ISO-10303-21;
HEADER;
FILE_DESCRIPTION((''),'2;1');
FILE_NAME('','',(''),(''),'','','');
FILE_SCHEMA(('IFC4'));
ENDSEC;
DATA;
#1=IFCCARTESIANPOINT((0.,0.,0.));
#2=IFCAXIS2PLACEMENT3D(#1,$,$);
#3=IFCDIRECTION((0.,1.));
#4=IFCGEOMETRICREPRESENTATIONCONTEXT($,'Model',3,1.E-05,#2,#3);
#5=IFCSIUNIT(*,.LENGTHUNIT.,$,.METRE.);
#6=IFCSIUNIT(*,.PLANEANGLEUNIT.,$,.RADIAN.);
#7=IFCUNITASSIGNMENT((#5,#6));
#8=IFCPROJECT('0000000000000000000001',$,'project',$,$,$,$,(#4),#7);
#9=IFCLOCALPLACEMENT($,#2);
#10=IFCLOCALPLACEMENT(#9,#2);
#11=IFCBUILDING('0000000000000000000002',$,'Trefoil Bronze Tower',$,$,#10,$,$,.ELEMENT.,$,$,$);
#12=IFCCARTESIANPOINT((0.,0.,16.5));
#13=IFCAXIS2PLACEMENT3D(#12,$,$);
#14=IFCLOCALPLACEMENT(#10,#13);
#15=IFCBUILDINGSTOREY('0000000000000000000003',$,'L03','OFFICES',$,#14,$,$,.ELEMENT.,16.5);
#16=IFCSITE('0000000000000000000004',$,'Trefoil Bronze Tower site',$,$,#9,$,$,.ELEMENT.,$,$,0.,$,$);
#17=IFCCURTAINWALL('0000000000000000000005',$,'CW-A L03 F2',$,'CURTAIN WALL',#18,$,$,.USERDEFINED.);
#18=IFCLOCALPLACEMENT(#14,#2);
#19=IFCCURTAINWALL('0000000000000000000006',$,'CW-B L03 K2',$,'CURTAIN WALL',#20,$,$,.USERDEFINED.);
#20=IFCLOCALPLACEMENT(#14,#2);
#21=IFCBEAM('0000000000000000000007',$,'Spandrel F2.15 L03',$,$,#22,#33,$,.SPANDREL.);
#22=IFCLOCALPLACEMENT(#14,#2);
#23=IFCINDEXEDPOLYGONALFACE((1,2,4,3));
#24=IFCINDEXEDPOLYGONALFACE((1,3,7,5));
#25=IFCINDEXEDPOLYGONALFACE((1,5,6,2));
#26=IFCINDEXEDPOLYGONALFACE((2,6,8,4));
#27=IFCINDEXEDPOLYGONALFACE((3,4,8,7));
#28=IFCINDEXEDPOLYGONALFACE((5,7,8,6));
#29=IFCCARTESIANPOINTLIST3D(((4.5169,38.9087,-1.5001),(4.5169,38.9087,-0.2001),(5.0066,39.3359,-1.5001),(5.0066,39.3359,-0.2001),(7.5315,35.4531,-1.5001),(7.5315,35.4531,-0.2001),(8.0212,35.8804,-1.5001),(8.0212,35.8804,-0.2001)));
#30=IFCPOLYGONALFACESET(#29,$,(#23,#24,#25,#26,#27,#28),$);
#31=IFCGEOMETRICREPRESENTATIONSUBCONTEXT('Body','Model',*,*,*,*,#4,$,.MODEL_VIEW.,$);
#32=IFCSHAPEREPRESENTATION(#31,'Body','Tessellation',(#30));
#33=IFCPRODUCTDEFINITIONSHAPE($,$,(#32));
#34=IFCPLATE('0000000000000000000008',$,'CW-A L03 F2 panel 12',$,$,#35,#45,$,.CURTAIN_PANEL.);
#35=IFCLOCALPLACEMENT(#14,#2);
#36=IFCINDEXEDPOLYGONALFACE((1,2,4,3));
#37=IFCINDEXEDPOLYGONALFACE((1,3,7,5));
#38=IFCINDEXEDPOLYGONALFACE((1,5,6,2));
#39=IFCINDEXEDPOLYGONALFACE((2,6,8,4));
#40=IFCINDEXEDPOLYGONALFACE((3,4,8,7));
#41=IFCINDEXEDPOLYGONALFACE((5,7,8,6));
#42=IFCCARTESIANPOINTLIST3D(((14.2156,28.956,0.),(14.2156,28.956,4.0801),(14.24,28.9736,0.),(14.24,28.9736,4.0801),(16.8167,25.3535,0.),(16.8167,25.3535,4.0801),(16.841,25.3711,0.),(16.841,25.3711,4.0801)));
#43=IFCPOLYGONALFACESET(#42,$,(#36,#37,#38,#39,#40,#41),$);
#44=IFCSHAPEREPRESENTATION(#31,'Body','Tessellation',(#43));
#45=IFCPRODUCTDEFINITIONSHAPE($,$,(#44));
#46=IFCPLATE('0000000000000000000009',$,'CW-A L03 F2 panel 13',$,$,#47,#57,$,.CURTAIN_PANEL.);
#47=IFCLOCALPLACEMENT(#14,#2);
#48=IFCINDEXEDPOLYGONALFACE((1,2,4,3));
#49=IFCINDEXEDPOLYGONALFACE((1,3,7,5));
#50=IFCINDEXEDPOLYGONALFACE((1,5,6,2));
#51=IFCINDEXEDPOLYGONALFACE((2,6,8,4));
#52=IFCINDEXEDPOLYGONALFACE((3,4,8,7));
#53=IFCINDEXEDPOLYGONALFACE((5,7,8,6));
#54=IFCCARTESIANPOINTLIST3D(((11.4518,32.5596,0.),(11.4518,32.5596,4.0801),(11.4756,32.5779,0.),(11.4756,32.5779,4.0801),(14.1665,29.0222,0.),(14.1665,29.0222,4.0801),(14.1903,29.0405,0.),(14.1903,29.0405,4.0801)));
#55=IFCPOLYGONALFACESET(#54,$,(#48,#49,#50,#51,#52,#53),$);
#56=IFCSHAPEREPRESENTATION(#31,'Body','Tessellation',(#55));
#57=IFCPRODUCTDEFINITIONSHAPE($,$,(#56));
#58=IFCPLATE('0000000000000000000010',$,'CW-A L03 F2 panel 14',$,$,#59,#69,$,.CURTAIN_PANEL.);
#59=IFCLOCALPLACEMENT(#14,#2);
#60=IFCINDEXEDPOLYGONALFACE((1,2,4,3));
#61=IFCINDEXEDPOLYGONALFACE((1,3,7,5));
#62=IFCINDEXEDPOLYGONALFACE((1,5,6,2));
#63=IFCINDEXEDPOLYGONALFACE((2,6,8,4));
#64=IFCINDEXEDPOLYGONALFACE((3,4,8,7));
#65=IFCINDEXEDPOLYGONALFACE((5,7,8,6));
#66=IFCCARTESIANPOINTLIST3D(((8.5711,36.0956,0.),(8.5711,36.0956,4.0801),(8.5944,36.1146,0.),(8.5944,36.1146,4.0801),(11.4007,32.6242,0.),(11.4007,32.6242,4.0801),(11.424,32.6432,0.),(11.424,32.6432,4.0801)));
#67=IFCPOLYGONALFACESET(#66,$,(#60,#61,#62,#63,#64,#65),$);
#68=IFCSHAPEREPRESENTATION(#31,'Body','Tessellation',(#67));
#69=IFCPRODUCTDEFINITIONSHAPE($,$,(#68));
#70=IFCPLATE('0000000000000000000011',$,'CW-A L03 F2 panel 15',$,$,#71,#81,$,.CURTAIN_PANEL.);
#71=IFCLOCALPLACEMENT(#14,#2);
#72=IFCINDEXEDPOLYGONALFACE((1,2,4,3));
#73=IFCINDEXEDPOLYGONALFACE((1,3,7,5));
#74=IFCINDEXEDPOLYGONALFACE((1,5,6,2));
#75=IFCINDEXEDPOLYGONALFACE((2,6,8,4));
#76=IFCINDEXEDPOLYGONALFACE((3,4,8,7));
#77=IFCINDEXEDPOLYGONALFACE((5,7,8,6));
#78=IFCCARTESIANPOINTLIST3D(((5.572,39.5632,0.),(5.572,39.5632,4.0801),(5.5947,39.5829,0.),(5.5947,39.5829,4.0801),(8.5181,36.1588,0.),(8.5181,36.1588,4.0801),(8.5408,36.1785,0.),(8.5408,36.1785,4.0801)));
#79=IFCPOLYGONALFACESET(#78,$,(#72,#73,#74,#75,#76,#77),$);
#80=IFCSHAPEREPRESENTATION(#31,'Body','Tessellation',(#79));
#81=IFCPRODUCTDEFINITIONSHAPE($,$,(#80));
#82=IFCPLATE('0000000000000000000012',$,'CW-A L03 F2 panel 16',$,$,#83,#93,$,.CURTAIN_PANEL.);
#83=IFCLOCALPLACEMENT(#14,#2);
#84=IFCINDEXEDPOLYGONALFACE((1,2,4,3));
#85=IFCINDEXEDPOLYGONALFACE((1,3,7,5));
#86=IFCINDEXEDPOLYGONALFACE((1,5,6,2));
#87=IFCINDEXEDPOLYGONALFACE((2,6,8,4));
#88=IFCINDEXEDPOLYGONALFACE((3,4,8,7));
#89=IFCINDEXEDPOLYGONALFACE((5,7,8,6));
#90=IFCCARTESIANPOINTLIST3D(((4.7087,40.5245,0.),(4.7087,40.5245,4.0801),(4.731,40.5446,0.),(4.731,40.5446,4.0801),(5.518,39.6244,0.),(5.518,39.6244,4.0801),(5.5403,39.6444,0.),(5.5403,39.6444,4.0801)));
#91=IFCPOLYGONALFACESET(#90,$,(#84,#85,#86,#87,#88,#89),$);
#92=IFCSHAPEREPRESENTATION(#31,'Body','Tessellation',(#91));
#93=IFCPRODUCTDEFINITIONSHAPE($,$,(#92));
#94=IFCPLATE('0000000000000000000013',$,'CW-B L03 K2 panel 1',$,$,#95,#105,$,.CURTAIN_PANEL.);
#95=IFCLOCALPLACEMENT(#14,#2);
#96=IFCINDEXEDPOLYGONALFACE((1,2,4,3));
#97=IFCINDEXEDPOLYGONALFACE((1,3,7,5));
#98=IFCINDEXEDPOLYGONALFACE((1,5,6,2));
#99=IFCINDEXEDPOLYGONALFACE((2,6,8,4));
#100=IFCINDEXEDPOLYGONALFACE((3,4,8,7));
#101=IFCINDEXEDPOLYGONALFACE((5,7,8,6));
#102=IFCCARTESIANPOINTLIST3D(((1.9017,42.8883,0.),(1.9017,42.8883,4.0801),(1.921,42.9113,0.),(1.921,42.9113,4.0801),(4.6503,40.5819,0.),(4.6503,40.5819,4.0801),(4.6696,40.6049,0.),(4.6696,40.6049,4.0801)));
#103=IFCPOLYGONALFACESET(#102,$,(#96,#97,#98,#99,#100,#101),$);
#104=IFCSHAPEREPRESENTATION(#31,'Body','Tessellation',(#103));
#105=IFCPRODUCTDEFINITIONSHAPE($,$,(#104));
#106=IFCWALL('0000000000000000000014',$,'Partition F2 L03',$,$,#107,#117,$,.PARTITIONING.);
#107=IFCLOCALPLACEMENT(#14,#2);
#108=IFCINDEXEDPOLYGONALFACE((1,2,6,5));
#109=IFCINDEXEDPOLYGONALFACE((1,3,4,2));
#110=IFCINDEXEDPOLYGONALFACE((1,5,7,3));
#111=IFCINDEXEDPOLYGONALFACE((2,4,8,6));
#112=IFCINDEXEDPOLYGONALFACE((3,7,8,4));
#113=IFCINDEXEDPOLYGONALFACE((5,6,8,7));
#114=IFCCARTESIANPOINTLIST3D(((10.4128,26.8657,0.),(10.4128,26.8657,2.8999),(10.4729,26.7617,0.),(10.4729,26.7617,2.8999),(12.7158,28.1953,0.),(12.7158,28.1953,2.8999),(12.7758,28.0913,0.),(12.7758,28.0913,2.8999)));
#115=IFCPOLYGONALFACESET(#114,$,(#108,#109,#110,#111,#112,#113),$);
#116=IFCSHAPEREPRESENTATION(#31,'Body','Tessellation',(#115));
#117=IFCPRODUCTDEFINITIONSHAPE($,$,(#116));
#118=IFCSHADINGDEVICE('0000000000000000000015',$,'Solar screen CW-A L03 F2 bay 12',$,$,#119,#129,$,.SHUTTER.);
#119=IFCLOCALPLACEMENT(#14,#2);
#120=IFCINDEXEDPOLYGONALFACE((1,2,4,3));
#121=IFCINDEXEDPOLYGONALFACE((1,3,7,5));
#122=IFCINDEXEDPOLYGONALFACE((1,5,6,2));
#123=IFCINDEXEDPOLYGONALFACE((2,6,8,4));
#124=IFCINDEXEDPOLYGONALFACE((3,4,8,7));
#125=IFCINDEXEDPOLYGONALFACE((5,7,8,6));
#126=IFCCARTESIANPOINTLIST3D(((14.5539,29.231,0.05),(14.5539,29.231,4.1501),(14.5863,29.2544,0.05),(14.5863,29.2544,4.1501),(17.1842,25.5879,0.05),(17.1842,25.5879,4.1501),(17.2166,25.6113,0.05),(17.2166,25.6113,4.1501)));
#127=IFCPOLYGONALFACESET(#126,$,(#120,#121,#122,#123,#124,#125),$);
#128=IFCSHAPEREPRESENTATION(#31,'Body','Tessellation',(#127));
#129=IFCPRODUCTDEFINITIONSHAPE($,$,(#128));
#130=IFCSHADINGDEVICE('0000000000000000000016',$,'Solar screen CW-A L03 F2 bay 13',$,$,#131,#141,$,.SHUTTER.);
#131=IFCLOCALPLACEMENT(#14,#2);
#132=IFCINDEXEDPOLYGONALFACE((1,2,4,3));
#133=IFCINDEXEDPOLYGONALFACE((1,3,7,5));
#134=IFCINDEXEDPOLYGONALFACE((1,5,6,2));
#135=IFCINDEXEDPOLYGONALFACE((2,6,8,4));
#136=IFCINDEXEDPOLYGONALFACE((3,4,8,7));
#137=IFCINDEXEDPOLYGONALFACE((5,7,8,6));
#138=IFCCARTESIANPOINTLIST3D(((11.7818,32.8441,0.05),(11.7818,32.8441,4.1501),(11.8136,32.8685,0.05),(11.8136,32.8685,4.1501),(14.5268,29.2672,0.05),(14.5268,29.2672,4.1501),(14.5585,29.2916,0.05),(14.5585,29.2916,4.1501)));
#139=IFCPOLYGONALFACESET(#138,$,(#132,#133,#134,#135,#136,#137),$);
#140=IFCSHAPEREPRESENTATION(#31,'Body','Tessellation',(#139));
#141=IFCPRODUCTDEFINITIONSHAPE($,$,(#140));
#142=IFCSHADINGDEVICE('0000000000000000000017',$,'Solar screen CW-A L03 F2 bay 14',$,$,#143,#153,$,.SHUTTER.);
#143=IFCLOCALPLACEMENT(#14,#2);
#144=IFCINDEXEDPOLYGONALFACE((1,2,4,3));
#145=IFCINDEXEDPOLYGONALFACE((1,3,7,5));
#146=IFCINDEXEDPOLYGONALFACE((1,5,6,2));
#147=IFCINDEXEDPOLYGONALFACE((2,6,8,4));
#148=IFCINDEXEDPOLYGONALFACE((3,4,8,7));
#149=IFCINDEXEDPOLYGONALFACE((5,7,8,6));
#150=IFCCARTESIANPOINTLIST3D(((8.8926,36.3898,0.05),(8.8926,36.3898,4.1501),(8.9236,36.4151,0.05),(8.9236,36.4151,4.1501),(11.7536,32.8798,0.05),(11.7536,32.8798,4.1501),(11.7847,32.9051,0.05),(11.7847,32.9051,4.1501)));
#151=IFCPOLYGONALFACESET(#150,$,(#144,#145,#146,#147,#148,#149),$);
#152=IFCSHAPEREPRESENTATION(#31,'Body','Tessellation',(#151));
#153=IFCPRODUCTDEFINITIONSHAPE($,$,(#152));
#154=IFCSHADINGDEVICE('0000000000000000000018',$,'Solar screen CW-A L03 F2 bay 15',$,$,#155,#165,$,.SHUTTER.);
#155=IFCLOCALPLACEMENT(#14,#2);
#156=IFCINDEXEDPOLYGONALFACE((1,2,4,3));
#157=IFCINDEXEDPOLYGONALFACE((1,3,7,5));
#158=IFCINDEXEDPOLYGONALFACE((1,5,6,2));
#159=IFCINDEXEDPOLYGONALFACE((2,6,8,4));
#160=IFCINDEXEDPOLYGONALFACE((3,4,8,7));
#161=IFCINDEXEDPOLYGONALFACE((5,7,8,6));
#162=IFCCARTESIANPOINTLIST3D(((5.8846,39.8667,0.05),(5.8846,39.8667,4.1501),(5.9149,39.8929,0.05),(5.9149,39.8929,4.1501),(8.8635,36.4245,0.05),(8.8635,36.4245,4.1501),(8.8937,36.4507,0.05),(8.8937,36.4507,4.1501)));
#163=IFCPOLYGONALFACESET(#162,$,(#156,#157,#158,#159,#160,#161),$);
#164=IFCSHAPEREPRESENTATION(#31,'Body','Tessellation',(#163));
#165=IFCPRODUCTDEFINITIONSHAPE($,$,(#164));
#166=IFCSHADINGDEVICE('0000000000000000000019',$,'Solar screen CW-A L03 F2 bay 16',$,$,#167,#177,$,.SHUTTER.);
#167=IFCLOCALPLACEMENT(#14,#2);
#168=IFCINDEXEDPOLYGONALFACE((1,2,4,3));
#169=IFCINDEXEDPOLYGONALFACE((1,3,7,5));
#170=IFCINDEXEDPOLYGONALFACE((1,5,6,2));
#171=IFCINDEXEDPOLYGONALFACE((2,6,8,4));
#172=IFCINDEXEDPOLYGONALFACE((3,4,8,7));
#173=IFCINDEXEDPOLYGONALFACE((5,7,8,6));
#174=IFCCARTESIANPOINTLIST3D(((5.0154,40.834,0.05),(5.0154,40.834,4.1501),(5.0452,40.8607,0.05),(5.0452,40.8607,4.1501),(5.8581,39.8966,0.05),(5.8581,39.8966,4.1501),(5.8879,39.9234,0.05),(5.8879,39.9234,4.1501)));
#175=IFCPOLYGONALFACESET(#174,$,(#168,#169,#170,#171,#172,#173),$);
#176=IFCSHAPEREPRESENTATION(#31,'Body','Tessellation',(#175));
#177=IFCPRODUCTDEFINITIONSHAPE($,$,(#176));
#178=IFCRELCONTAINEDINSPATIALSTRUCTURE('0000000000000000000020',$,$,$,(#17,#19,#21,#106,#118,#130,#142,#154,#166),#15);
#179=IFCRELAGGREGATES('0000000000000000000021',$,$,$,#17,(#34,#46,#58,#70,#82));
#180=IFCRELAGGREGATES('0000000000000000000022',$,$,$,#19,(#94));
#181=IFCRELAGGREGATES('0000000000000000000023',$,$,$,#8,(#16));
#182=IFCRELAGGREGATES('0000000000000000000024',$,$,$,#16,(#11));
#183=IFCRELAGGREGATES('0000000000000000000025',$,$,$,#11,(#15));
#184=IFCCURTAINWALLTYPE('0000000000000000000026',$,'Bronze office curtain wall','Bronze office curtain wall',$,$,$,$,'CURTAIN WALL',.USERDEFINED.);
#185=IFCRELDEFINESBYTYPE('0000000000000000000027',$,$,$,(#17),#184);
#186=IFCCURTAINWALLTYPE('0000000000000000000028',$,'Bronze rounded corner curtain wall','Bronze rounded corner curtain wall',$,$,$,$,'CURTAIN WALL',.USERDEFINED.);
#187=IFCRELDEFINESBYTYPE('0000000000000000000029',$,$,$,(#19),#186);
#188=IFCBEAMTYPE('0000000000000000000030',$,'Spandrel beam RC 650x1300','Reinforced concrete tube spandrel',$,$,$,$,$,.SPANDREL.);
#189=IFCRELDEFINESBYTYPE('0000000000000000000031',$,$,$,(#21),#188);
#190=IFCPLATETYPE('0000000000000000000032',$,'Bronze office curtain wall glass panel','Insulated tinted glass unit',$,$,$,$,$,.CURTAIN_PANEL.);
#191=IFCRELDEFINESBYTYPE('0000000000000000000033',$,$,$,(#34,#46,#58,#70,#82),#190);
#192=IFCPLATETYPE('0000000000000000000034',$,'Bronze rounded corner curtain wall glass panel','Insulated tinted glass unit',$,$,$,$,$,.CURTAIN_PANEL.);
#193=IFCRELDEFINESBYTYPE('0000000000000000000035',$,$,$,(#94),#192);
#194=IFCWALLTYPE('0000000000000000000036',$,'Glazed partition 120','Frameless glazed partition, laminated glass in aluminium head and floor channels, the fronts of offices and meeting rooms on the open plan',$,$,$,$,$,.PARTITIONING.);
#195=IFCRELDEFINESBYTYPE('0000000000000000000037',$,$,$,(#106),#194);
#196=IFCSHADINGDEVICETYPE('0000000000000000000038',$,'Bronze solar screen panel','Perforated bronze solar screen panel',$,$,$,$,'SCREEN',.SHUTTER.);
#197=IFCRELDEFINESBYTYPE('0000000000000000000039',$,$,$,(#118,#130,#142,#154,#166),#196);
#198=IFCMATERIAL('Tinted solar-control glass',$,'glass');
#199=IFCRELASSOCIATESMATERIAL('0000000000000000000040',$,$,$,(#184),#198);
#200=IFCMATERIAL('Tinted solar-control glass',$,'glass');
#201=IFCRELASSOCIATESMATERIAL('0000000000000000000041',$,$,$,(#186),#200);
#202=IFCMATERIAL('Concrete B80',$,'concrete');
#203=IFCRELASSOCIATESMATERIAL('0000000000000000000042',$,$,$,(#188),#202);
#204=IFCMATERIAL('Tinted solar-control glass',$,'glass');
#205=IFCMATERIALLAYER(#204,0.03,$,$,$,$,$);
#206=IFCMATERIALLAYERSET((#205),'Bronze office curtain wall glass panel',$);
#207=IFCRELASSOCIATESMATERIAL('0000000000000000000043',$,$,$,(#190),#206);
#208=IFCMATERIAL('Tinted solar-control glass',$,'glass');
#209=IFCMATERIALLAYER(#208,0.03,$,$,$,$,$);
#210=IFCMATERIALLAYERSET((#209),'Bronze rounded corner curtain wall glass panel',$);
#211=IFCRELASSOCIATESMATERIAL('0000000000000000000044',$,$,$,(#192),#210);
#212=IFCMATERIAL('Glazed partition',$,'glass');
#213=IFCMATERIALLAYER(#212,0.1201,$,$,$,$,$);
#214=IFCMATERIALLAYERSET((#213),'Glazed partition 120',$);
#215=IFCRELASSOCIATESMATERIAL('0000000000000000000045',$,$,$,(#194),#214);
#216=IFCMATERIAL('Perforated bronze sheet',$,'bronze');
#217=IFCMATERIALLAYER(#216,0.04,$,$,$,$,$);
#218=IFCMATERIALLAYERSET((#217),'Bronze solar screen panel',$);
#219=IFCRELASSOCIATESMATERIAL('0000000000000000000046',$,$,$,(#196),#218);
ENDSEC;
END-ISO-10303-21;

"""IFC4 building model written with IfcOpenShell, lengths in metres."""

from ifc_helpers import new_model, si_unit, direction, frame, frame_2d, origin, origin_2d, place, context, subcontext, project, spatial, rectangle, extrude, material, layer, layer_set, material_profile, profile_set, type_object, element, aggregate, save


model = new_model("IFC4")

# Units and contexts
model_context = context("Model", 3, precision=1e-05, world=origin(), true_north=direction((0.0, 1.0)))
body_context = subcontext(model_context, "Body", "Model", "MODEL_VIEW")
ifc_project = project(units=[si_unit("LENGTHUNIT", "METRE"), si_unit("PLANEANGLEUNIT", "RADIAN")], contexts=[model_context])

# Site, building, storey
site_placement = place(None, origin())
site = spatial("IfcSite", under=ifc_project, at=site_placement, Name="Trefoil Bronze Tower site", CompositionType="ELEMENT", RefElevation=0.0)
building_placement = place(site_placement, origin())
building = spatial("IfcBuilding", under=site, at=building_placement, Name="Trefoil Bronze Tower", CompositionType="ELEMENT")
storey_placement = place(building_placement, frame((0.0, 0.0, 16.5)))
storey = spatial("IfcBuildingStorey", under=building, at=storey_placement, Name="L03", Description="OFFICES", CompositionType="ELEMENT", Elevation=16.5)

# Curtain walls
ifc_material_1 = material(Name="Tinted solar-control glass", Category="glass")
curtain_wall_type_1 = type_object("IfcCurtainWallType", Name="Bronze office curtain wall", Description="Bronze office curtain wall", ElementType="CURTAIN WALL", PredefinedType="USERDEFINED", material=ifc_material_1)
curtain_wall_1_placement = place(storey_placement, origin())
curtain_wall_1 = element("IfcCurtainWall", 1, at=curtain_wall_1_placement, inside=storey, type_object=curtain_wall_type_1, Name="CW-A L03 F2", ObjectType="CURTAIN WALL", PredefinedType="USERDEFINED")
ifc_material_2 = material(Name="Tinted solar-control glass", Category="glass")
curtain_wall_type_2 = type_object("IfcCurtainWallType", Name="Bronze rounded corner curtain wall", Description="Bronze rounded corner curtain wall", ElementType="CURTAIN WALL", PredefinedType="USERDEFINED", material=ifc_material_2)
curtain_wall_2_placement = place(storey_placement, origin())
curtain_wall_2 = element("IfcCurtainWall", 2, at=curtain_wall_2_placement, inside=storey, type_object=curtain_wall_type_2, Name="CW-B L03 K2", ObjectType="CURTAIN WALL", PredefinedType="USERDEFINED")

# Beam
ifc_material_3 = material(Name="Concrete B80", Category="concrete")
ifc_material_profile_1 = material_profile(ifc_material_3, rectangle(XDim=0.6499, YDim=1.3, at=origin_2d()), Name="RC 650x1300")
ifc_profile_set_1 = profile_set([ifc_material_profile_1], Name="Concrete B80")
beam_type_1 = type_object("IfcBeamType", Name="Spandrel beam RC 650x1300", Description="Reinforced concrete tube spandrel", PredefinedType="SPANDREL", material=ifc_profile_set_1)
beam_1_placement = place(storey_placement, frame((7.7764, 35.6667, -0.8501), z_axis=(-0.657396, 0.753545, 0.0), x_axis=(-0.753545, -0.657396, 0.0)))
element("IfcBeam", 3, at=beam_1_placement, inside=storey, type_object=beam_type_1, Name="Spandrel F2.15 L03", PredefinedType="SPANDREL", context=body_context, shape_type="SweptSolid", body=[
    extrude(rectangle(XDim=0.6499, YDim=1.3, at=origin_2d()), origin(), (0.0, 0.0, 1.0), 4.5857),
])

# Plates
ifc_material_4 = material(Name="Tinted solar-control glass", Category="glass")
ifc_layer_1 = layer(ifc_material_4, 0.03)
ifc_layer_set_1 = layer_set([ifc_layer_1], Name="Bronze office curtain wall glass panel")
plate_type_1 = type_object("IfcPlateType", Name="Bronze office curtain wall glass panel", Description="Insulated tinted glass unit", PredefinedType="CURTAIN_PANEL", material=ifc_layer_set_1)
plate_1_placement = place(storey_placement, frame((15.5283, 27.1636, 0.0), z_axis=(0.0, 0.0, 1.0), x_axis=(-0.585373, 0.810764, 0.0)))
plate_1 = element("IfcPlate", 4, at=plate_1_placement, type_object=plate_type_1, Name="CW-A L03 F2 panel 12", PredefinedType="CURTAIN_PANEL", context=body_context, shape_type="SweptSolid", body=[
    extrude(rectangle(XDim=4.4434, YDim=0.03, at=origin_2d()), origin(), (0.0, 0.0, 1.0), 4.0801),
])
plate_2_placement = place(storey_placement, frame((12.821, 30.8, 0.0), z_axis=(0.0, 0.0, 1.0), x_axis=(-0.608808, 0.793318, 0.0)))
plate_2 = element("IfcPlate", 5, at=plate_2_placement, type_object=plate_type_1, Name="CW-A L03 F2 panel 13", PredefinedType="CURTAIN_PANEL", context=body_context, shape_type="SweptSolid", body=[
    extrude(rectangle(XDim=4.459, YDim=0.03, at=origin_2d()), origin(), (0.0, 0.0, 1.0), 4.0801),
])
plate_3_placement = place(storey_placement, frame((9.9976, 34.3694, 0.0), z_axis=(0.0, 0.0, 1.0), x_axis=(-0.631811, 0.775123, 0.0)))
plate_3 = element("IfcPlate", 6, at=plate_3_placement, type_object=plate_type_1, Name="CW-A L03 F2 panel 14", PredefinedType="CURTAIN_PANEL", context=body_context, shape_type="SweptSolid", body=[
    extrude(rectangle(XDim=4.4785, YDim=0.03, at=origin_2d()), origin(), (0.0, 0.0, 1.0), 4.0801),
])
plate_4_placement = place(storey_placement, frame((7.0564, 37.8708, 0.0), z_axis=(0.0, 0.0, 1.0), x_axis=(-0.654376, 0.756169, 0.0)))
plate_4 = element("IfcPlate", 7, at=plate_4_placement, type_object=plate_type_1, Name="CW-A L03 F2 panel 15", PredefinedType="CURTAIN_PANEL", context=body_context, shape_type="SweptSolid", body=[
    extrude(rectangle(XDim=4.5022, YDim=0.03, at=origin_2d()), origin(), (0.0, 0.0, 1.0), 4.0801),
])
plate_5_placement = place(storey_placement, frame((5.1245, 40.0845, 0.0), z_axis=(0.0, 0.0, 1.0), x_axis=(-0.668575, 0.743645, 0.0)))
plate_5 = element("IfcPlate", 8, at=plate_5_placement, type_object=plate_type_1, Name="CW-A L03 F2 panel 16", PredefinedType="CURTAIN_PANEL", context=body_context, shape_type="SweptSolid", body=[
    extrude(rectangle(XDim=1.2104, YDim=0.03, at=origin_2d()), origin(), (0.0, 0.0, 1.0), 4.0801),
])
aggregate(curtain_wall_1, [plate_1, plate_2, plate_3, plate_4, plate_5])
ifc_material_5 = material(Name="Tinted solar-control glass", Category="glass")
ifc_layer_2 = layer(ifc_material_5, 0.03)
ifc_layer_set_2 = layer_set([ifc_layer_2], Name="Bronze rounded corner curtain wall glass panel")
plate_type_2 = type_object("IfcPlateType", Name="Bronze rounded corner curtain wall glass panel", Description="Insulated tinted glass unit", PredefinedType="CURTAIN_PANEL", material=ifc_layer_set_2)
plate_6_placement = place(storey_placement, frame((3.2856, 41.7466, 0.0), z_axis=(0.0, 0.0, 1.0), x_axis=(-0.766044, 0.642788, 0.0)))
plate_6 = element("IfcPlate", 9, at=plate_6_placement, type_object=plate_type_2, Name="CW-B L03 K2 panel 1", PredefinedType="CURTAIN_PANEL", context=body_context, shape_type="SweptSolid", body=[
    extrude(rectangle(XDim=3.5881, YDim=0.03, at=origin_2d()), origin(), (0.0, 0.0, 1.0), 4.0801),
])
aggregate(curtain_wall_2, [plate_6])

# Wall
ifc_material_6 = material(Name="Glazed partition", Category="glass")
ifc_layer_3 = layer(ifc_material_6, 0.1201)
ifc_layer_set_3 = layer_set([ifc_layer_3], Name="Glazed partition 120")
wall_type = type_object("IfcWallType", Name="Glazed partition 120", Description="Frameless glazed partition, laminated glass in aluminium head and floor channels, the fronts of offices and meeting rooms on the open plan", PredefinedType="PARTITIONING", material=ifc_layer_set_3)
wall_placement = place(storey_placement, frame((10.4429, 26.8137, 0.0), z_axis=(0.0, 0.0, 1.0), x_axis=(0.866031, 0.49999, 0.0)))
element("IfcWall", 10, at=wall_placement, inside=storey, type_object=wall_type, Name="Partition F2 L03", PredefinedType="PARTITIONING", context=body_context, shape_type="SweptSolid", body=[
    extrude(rectangle(XDim=2.6592, YDim=0.1201, at=frame_2d((1.3296, 0.0))), origin(), (0.0, 0.0, 1.0), 2.8999),
])

# Shading devices
ifc_material_7 = material(Name="Perforated bronze sheet", Category="bronze")
ifc_layer_4 = layer(ifc_material_7, 0.04)
ifc_layer_set_4 = layer_set([ifc_layer_4], Name="Bronze solar screen panel")
shading_device_type = type_object("IfcShadingDeviceType", Name="Bronze solar screen panel", Description="Perforated bronze solar screen panel", ElementType="SCREEN", PredefinedType="SHUTTER", material=ifc_layer_set_4)
shading_device_1_placement = place(storey_placement, frame((15.8853, 27.4211, 0.05), z_axis=(0.0, 0.0, 1.0), x_axis=(-0.585373, 0.810764, 0.0)))
element("IfcShadingDevice", 11, at=shading_device_1_placement, inside=storey, type_object=shading_device_type, Name="Solar screen CW-A L03 F2 bay 12", PredefinedType="SHUTTER", context=body_context, shape_type="SweptSolid", body=[
    extrude(rectangle(XDim=4.4934, YDim=0.04, at=origin_2d()), origin(), (0.0, 0.0, 1.0), 4.1001),
])
shading_device_2_placement = place(storey_placement, frame((13.1702, 31.0679, 0.05), z_axis=(0.0, 0.0, 1.0), x_axis=(-0.608808, 0.793318, 0.0)))
element("IfcShadingDevice", 12, at=shading_device_2_placement, inside=storey, type_object=shading_device_type, Name="Solar screen CW-A L03 F2 bay 13", PredefinedType="SHUTTER", context=body_context, shape_type="SweptSolid", body=[
    extrude(rectangle(XDim=4.5088, YDim=0.04, at=origin_2d()), origin(), (0.0, 0.0, 1.0), 4.1001),
])
shading_device_3_placement = place(storey_placement, frame((10.3386, 34.6475, 0.05), z_axis=(0.0, 0.0, 1.0), x_axis=(-0.631811, 0.775123, 0.0)))
element("IfcShadingDevice", 13, at=shading_device_3_placement, inside=storey, type_object=shading_device_type, Name="Solar screen CW-A L03 F2 bay 14", PredefinedType="SHUTTER", context=body_context, shape_type="SweptSolid", body=[
    extrude(rectangle(XDim=4.5283, YDim=0.04, at=origin_2d()), origin(), (0.0, 0.0, 1.0), 4.1001),
])
shading_device_4_placement = place(storey_placement, frame((7.3892, 38.1587, 0.05), z_axis=(0.0, 0.0, 1.0), x_axis=(-0.654376, 0.756169, 0.0)))
element("IfcShadingDevice", 14, at=shading_device_4_placement, inside=storey, type_object=shading_device_type, Name="Solar screen CW-A L03 F2 bay 15", PredefinedType="SHUTTER", context=body_context, shape_type="SweptSolid", body=[
    extrude(rectangle(XDim=4.5522, YDim=0.04, at=origin_2d()), origin(), (0.0, 0.0, 1.0), 4.1001),
])
shading_device_5_placement = place(storey_placement, frame((5.4517, 40.3787, 0.05), z_axis=(0.0, 0.0, 1.0), x_axis=(-0.668575, 0.743645, 0.0)))
element("IfcShadingDevice", 15, at=shading_device_5_placement, inside=storey, type_object=shading_device_type, Name="Solar screen CW-A L03 F2 bay 16", PredefinedType="SHUTTER", context=body_context, shape_type="SweptSolid", body=[
    extrude(rectangle(XDim=1.2605, YDim=0.04, at=origin_2d()), origin(), (0.0, 0.0, 1.0), 4.1001),
])

save(model, "model.ifc")
